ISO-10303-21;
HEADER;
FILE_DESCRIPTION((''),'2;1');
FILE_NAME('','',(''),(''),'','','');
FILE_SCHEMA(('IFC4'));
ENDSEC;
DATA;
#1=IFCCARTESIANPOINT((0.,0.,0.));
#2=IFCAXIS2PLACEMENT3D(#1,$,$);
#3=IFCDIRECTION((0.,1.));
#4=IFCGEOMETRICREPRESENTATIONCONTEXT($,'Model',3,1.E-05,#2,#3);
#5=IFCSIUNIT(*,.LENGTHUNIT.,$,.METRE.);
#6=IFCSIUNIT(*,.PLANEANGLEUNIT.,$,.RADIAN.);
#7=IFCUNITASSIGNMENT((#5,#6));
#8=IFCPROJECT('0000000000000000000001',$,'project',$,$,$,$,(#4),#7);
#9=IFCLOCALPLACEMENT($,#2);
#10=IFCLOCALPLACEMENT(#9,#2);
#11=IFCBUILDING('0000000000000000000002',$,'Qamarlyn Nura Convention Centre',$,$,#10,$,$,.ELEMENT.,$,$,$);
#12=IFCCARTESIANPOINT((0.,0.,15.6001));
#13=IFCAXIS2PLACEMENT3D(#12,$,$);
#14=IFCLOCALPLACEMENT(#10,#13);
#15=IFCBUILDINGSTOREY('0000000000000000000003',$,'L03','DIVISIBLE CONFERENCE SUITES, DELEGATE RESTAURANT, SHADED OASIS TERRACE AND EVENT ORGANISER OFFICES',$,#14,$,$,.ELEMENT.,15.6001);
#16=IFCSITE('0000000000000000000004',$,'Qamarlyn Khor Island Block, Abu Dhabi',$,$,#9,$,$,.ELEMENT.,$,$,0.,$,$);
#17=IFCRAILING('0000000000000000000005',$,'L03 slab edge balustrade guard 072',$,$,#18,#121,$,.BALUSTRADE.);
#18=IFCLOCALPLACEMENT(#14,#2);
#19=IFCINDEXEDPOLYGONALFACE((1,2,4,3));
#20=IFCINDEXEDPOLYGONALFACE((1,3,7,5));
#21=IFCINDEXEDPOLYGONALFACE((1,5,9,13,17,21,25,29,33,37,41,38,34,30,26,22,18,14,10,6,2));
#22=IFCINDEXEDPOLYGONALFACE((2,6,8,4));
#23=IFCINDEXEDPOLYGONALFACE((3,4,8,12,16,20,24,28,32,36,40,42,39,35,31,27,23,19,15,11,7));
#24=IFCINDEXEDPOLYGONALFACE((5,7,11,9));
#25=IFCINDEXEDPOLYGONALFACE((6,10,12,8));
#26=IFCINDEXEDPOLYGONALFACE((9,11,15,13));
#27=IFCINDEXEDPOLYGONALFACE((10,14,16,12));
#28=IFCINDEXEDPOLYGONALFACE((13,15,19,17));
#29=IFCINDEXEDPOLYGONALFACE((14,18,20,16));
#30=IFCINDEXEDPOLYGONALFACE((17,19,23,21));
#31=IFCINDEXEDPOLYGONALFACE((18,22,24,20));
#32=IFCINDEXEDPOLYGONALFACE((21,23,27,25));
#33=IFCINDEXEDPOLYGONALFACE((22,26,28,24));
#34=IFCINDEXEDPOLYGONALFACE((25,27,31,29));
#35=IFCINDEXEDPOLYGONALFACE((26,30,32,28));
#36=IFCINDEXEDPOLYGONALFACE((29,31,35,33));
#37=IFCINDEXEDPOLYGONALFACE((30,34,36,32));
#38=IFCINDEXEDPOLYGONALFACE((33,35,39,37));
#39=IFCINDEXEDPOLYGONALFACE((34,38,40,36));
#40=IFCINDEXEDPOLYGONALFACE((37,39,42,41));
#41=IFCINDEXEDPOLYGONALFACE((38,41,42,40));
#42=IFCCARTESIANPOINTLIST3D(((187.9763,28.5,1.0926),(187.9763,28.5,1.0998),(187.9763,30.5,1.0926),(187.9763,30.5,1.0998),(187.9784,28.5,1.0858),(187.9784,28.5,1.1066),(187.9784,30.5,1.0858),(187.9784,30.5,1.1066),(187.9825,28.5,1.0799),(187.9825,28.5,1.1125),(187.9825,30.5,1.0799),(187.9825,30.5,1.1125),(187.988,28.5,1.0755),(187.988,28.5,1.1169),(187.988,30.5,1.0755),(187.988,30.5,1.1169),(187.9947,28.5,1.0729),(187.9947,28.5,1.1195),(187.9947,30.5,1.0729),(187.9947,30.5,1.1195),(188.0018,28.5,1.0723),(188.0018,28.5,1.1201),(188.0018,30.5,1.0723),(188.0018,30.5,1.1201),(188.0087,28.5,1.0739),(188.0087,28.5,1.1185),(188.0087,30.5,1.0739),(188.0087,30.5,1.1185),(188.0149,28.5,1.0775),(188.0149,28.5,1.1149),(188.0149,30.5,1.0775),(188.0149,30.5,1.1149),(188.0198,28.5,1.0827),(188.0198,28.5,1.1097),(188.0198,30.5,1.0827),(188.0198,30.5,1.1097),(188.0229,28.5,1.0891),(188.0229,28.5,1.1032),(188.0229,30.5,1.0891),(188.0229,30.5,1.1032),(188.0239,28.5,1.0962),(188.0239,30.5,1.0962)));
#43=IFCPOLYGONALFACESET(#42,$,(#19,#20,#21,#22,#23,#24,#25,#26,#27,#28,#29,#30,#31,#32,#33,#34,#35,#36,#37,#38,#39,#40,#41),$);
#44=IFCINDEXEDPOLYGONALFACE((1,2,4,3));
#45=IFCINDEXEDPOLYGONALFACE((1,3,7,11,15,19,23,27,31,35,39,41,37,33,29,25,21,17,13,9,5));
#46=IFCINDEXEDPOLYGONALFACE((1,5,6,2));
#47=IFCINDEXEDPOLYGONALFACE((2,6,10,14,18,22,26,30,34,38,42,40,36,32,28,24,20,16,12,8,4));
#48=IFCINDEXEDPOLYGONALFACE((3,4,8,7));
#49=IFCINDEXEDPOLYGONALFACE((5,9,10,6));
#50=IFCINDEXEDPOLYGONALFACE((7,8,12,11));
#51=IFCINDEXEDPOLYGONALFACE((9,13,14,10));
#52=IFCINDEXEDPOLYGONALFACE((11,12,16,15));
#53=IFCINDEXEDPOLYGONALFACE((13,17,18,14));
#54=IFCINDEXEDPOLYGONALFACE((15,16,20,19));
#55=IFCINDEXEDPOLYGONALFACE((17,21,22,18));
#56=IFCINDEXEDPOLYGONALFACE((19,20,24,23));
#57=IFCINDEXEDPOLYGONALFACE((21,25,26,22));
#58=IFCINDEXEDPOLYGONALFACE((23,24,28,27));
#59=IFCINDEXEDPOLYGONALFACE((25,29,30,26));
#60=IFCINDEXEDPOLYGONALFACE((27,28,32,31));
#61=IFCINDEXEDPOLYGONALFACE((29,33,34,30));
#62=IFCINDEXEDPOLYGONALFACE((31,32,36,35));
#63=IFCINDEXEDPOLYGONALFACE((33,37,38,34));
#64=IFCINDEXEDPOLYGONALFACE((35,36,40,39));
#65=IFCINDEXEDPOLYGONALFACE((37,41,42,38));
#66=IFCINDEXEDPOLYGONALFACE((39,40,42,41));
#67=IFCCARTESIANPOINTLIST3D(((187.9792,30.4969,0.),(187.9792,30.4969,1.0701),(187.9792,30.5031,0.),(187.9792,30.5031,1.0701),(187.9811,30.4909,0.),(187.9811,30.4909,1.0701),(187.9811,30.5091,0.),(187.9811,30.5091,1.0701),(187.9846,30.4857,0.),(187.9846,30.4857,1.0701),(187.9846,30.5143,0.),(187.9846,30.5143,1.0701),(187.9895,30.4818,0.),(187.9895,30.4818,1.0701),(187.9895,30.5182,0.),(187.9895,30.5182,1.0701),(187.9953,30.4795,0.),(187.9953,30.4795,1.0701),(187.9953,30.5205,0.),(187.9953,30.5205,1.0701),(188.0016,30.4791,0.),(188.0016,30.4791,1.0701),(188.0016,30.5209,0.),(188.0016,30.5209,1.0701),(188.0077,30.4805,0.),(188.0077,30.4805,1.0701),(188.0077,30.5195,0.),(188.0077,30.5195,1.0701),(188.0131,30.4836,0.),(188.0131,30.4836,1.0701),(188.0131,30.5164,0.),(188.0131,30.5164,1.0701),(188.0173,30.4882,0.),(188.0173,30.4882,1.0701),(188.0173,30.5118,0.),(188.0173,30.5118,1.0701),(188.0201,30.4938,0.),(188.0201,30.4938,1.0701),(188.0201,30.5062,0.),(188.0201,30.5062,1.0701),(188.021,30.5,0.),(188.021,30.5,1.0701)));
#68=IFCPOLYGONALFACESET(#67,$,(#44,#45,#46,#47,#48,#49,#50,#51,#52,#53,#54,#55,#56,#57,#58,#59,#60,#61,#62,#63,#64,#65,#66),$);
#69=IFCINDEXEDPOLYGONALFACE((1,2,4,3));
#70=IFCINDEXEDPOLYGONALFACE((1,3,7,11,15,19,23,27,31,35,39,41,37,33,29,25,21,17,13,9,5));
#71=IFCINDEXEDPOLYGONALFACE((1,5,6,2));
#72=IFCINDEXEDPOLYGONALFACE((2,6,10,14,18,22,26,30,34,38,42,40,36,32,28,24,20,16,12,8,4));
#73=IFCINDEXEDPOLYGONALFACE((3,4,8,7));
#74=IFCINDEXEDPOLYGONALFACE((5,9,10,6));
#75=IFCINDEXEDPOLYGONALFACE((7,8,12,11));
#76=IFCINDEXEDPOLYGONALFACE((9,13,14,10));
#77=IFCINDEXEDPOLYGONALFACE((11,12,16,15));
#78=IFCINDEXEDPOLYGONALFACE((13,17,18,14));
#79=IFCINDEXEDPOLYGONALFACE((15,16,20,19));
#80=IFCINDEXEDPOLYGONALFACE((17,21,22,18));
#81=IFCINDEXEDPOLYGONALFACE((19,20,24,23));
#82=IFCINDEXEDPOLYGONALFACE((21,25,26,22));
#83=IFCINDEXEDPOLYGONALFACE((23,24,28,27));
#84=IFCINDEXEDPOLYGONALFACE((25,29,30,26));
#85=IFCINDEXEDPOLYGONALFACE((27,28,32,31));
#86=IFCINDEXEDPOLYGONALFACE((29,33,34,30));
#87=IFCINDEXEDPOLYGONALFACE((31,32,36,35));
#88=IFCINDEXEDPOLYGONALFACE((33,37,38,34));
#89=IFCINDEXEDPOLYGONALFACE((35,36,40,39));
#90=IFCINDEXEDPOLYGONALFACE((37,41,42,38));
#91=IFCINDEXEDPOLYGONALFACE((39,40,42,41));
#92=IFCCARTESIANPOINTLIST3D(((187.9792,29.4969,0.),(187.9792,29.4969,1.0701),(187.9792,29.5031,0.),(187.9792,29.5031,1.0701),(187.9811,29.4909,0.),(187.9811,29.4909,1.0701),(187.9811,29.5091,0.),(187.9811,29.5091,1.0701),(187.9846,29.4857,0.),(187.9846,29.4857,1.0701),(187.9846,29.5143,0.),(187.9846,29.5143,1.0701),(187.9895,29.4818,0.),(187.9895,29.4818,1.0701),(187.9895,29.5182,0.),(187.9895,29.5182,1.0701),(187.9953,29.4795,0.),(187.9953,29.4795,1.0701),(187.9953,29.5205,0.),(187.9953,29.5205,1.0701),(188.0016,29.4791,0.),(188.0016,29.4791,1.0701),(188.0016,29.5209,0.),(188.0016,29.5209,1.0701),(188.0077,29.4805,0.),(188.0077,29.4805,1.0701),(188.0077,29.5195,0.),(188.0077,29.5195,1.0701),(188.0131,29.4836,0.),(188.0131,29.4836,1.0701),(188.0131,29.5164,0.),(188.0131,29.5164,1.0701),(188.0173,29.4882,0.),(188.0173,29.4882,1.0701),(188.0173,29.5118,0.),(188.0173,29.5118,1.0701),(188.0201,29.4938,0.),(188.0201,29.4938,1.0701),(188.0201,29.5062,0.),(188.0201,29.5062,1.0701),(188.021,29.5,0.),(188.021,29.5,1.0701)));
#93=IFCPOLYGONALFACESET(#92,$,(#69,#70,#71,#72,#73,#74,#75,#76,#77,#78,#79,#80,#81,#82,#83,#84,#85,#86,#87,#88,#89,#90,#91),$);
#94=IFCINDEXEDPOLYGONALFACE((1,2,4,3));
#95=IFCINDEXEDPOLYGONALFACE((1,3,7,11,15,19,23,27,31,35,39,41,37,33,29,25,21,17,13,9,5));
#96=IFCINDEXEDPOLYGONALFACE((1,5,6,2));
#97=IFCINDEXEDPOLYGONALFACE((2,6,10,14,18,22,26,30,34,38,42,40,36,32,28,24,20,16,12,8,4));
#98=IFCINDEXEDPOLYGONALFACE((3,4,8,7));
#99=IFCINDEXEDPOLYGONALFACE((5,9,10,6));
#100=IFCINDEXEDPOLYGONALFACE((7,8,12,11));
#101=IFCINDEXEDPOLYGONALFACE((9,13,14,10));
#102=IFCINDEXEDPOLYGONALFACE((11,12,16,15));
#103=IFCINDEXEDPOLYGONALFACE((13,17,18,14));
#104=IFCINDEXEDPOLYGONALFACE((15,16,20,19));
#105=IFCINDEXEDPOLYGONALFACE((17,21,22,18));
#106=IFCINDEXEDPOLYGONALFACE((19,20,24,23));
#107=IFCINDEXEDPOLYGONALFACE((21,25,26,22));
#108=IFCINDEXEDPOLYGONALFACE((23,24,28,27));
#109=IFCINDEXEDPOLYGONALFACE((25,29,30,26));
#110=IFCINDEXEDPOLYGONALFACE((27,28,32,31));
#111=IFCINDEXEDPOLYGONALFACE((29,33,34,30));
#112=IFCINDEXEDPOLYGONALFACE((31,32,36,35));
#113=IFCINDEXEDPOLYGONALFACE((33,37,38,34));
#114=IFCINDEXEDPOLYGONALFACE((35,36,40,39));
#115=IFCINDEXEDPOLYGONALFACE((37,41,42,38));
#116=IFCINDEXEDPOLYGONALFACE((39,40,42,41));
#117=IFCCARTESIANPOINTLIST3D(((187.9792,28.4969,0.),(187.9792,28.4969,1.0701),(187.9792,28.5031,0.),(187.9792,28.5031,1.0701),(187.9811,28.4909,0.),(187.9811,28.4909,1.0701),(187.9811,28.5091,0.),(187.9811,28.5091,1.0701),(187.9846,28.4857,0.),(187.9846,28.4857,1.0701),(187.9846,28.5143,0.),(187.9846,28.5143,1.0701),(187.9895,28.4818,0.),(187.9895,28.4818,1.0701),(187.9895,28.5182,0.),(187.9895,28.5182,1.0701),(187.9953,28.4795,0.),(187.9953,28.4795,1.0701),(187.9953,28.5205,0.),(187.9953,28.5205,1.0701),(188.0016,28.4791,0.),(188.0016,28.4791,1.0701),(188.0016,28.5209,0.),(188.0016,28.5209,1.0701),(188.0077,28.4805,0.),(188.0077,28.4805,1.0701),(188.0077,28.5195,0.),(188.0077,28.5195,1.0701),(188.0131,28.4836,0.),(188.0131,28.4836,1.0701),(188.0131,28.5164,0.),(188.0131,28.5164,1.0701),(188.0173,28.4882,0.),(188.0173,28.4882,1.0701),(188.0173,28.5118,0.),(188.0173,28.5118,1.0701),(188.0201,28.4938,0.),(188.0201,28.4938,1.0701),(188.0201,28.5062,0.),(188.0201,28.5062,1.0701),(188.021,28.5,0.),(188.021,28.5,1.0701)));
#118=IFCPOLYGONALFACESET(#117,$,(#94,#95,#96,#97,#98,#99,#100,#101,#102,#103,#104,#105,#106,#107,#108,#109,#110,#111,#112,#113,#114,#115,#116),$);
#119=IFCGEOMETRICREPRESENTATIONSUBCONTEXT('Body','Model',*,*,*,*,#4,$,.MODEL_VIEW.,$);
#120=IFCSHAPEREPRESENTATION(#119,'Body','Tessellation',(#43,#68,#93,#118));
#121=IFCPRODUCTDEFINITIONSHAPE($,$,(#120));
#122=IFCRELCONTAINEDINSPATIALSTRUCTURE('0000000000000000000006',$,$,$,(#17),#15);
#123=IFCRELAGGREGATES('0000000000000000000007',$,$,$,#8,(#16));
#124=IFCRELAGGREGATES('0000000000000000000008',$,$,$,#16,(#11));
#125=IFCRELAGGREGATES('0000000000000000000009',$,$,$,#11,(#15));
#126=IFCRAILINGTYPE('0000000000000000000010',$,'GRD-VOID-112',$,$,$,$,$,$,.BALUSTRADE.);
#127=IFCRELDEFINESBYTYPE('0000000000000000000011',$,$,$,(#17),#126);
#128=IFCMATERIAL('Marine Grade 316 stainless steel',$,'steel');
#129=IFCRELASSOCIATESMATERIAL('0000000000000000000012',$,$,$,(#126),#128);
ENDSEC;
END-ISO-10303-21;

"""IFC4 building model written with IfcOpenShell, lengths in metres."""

from ifc_helpers import new_model, si_unit, direction, frame, origin, origin_2d, place, context, subcontext, project, spatial, circle, extrude, material, type_object, element, save


model = new_model("IFC4")

# Units and contexts
model_context = context("Model", 3, precision=1e-05, world=origin(), true_north=direction((0.0, 1.0)))
body_context = subcontext(model_context, "Body", "Model", "MODEL_VIEW")
ifc_project = project(units=[si_unit("LENGTHUNIT", "METRE"), si_unit("PLANEANGLEUNIT", "RADIAN")], contexts=[model_context])

# Site, building, storey
site_placement = place(None, origin())
site = spatial("IfcSite", under=ifc_project, at=site_placement, Name="Qamarlyn Khor Island Block, Abu Dhabi", CompositionType="ELEMENT", RefElevation=0.0)
building_placement = place(site_placement, origin())
building = spatial("IfcBuilding", under=site, at=building_placement, Name="Qamarlyn Nura Convention Centre", CompositionType="ELEMENT")
storey_placement = place(building_placement, frame((0.0, 0.0, 15.6001)))
storey = spatial("IfcBuildingStorey", under=building, at=storey_placement, Name="L03", Description="DIVISIBLE CONFERENCE SUITES, DELEGATE RESTAURANT, SHADED OASIS TERRACE AND EVENT ORGANISER OFFICES", CompositionType="ELEMENT", Elevation=15.6001)

# Railing
ifc_material_1 = material(Name="Marine Grade 316 stainless steel", Category="steel")
railing_type = type_object("IfcRailingType", Name="GRD-VOID-112", PredefinedType="BALUSTRADE", material=ifc_material_1)
railing_1_placement = place(storey_placement, frame((188.0, 30.5, 0.0)))
element("IfcRailing", 1, at=railing_1_placement, inside=storey, type_object=railing_type, Name="L03 slab edge balustrade guard 072", PredefinedType="BALUSTRADE", context=body_context, shape_type="SweptSolid", body=[
    extrude(circle(Radius=0.0239, at=origin_2d()), frame((0.0, 0.0, 1.0962), z_axis=(0.0, -1.0, 0.0), x_axis=(1.0, 0.0, 0.0)), (0.0, 0.0, 1.0), 2.0),
    extrude(circle(Radius=0.021, at=origin_2d()), origin(), (0.0, 0.0, 1.0), 1.0701),
    extrude(circle(Radius=0.021, at=origin_2d()), frame((0.0, -1.0, 0.0)), (0.0, 0.0, 1.0), 1.0701),
    extrude(circle(Radius=0.021, at=origin_2d()), frame((0.0, -2.0, 0.0)), (0.0, 0.0, 1.0), 1.0701),
])

save(model, "model.ifc")
